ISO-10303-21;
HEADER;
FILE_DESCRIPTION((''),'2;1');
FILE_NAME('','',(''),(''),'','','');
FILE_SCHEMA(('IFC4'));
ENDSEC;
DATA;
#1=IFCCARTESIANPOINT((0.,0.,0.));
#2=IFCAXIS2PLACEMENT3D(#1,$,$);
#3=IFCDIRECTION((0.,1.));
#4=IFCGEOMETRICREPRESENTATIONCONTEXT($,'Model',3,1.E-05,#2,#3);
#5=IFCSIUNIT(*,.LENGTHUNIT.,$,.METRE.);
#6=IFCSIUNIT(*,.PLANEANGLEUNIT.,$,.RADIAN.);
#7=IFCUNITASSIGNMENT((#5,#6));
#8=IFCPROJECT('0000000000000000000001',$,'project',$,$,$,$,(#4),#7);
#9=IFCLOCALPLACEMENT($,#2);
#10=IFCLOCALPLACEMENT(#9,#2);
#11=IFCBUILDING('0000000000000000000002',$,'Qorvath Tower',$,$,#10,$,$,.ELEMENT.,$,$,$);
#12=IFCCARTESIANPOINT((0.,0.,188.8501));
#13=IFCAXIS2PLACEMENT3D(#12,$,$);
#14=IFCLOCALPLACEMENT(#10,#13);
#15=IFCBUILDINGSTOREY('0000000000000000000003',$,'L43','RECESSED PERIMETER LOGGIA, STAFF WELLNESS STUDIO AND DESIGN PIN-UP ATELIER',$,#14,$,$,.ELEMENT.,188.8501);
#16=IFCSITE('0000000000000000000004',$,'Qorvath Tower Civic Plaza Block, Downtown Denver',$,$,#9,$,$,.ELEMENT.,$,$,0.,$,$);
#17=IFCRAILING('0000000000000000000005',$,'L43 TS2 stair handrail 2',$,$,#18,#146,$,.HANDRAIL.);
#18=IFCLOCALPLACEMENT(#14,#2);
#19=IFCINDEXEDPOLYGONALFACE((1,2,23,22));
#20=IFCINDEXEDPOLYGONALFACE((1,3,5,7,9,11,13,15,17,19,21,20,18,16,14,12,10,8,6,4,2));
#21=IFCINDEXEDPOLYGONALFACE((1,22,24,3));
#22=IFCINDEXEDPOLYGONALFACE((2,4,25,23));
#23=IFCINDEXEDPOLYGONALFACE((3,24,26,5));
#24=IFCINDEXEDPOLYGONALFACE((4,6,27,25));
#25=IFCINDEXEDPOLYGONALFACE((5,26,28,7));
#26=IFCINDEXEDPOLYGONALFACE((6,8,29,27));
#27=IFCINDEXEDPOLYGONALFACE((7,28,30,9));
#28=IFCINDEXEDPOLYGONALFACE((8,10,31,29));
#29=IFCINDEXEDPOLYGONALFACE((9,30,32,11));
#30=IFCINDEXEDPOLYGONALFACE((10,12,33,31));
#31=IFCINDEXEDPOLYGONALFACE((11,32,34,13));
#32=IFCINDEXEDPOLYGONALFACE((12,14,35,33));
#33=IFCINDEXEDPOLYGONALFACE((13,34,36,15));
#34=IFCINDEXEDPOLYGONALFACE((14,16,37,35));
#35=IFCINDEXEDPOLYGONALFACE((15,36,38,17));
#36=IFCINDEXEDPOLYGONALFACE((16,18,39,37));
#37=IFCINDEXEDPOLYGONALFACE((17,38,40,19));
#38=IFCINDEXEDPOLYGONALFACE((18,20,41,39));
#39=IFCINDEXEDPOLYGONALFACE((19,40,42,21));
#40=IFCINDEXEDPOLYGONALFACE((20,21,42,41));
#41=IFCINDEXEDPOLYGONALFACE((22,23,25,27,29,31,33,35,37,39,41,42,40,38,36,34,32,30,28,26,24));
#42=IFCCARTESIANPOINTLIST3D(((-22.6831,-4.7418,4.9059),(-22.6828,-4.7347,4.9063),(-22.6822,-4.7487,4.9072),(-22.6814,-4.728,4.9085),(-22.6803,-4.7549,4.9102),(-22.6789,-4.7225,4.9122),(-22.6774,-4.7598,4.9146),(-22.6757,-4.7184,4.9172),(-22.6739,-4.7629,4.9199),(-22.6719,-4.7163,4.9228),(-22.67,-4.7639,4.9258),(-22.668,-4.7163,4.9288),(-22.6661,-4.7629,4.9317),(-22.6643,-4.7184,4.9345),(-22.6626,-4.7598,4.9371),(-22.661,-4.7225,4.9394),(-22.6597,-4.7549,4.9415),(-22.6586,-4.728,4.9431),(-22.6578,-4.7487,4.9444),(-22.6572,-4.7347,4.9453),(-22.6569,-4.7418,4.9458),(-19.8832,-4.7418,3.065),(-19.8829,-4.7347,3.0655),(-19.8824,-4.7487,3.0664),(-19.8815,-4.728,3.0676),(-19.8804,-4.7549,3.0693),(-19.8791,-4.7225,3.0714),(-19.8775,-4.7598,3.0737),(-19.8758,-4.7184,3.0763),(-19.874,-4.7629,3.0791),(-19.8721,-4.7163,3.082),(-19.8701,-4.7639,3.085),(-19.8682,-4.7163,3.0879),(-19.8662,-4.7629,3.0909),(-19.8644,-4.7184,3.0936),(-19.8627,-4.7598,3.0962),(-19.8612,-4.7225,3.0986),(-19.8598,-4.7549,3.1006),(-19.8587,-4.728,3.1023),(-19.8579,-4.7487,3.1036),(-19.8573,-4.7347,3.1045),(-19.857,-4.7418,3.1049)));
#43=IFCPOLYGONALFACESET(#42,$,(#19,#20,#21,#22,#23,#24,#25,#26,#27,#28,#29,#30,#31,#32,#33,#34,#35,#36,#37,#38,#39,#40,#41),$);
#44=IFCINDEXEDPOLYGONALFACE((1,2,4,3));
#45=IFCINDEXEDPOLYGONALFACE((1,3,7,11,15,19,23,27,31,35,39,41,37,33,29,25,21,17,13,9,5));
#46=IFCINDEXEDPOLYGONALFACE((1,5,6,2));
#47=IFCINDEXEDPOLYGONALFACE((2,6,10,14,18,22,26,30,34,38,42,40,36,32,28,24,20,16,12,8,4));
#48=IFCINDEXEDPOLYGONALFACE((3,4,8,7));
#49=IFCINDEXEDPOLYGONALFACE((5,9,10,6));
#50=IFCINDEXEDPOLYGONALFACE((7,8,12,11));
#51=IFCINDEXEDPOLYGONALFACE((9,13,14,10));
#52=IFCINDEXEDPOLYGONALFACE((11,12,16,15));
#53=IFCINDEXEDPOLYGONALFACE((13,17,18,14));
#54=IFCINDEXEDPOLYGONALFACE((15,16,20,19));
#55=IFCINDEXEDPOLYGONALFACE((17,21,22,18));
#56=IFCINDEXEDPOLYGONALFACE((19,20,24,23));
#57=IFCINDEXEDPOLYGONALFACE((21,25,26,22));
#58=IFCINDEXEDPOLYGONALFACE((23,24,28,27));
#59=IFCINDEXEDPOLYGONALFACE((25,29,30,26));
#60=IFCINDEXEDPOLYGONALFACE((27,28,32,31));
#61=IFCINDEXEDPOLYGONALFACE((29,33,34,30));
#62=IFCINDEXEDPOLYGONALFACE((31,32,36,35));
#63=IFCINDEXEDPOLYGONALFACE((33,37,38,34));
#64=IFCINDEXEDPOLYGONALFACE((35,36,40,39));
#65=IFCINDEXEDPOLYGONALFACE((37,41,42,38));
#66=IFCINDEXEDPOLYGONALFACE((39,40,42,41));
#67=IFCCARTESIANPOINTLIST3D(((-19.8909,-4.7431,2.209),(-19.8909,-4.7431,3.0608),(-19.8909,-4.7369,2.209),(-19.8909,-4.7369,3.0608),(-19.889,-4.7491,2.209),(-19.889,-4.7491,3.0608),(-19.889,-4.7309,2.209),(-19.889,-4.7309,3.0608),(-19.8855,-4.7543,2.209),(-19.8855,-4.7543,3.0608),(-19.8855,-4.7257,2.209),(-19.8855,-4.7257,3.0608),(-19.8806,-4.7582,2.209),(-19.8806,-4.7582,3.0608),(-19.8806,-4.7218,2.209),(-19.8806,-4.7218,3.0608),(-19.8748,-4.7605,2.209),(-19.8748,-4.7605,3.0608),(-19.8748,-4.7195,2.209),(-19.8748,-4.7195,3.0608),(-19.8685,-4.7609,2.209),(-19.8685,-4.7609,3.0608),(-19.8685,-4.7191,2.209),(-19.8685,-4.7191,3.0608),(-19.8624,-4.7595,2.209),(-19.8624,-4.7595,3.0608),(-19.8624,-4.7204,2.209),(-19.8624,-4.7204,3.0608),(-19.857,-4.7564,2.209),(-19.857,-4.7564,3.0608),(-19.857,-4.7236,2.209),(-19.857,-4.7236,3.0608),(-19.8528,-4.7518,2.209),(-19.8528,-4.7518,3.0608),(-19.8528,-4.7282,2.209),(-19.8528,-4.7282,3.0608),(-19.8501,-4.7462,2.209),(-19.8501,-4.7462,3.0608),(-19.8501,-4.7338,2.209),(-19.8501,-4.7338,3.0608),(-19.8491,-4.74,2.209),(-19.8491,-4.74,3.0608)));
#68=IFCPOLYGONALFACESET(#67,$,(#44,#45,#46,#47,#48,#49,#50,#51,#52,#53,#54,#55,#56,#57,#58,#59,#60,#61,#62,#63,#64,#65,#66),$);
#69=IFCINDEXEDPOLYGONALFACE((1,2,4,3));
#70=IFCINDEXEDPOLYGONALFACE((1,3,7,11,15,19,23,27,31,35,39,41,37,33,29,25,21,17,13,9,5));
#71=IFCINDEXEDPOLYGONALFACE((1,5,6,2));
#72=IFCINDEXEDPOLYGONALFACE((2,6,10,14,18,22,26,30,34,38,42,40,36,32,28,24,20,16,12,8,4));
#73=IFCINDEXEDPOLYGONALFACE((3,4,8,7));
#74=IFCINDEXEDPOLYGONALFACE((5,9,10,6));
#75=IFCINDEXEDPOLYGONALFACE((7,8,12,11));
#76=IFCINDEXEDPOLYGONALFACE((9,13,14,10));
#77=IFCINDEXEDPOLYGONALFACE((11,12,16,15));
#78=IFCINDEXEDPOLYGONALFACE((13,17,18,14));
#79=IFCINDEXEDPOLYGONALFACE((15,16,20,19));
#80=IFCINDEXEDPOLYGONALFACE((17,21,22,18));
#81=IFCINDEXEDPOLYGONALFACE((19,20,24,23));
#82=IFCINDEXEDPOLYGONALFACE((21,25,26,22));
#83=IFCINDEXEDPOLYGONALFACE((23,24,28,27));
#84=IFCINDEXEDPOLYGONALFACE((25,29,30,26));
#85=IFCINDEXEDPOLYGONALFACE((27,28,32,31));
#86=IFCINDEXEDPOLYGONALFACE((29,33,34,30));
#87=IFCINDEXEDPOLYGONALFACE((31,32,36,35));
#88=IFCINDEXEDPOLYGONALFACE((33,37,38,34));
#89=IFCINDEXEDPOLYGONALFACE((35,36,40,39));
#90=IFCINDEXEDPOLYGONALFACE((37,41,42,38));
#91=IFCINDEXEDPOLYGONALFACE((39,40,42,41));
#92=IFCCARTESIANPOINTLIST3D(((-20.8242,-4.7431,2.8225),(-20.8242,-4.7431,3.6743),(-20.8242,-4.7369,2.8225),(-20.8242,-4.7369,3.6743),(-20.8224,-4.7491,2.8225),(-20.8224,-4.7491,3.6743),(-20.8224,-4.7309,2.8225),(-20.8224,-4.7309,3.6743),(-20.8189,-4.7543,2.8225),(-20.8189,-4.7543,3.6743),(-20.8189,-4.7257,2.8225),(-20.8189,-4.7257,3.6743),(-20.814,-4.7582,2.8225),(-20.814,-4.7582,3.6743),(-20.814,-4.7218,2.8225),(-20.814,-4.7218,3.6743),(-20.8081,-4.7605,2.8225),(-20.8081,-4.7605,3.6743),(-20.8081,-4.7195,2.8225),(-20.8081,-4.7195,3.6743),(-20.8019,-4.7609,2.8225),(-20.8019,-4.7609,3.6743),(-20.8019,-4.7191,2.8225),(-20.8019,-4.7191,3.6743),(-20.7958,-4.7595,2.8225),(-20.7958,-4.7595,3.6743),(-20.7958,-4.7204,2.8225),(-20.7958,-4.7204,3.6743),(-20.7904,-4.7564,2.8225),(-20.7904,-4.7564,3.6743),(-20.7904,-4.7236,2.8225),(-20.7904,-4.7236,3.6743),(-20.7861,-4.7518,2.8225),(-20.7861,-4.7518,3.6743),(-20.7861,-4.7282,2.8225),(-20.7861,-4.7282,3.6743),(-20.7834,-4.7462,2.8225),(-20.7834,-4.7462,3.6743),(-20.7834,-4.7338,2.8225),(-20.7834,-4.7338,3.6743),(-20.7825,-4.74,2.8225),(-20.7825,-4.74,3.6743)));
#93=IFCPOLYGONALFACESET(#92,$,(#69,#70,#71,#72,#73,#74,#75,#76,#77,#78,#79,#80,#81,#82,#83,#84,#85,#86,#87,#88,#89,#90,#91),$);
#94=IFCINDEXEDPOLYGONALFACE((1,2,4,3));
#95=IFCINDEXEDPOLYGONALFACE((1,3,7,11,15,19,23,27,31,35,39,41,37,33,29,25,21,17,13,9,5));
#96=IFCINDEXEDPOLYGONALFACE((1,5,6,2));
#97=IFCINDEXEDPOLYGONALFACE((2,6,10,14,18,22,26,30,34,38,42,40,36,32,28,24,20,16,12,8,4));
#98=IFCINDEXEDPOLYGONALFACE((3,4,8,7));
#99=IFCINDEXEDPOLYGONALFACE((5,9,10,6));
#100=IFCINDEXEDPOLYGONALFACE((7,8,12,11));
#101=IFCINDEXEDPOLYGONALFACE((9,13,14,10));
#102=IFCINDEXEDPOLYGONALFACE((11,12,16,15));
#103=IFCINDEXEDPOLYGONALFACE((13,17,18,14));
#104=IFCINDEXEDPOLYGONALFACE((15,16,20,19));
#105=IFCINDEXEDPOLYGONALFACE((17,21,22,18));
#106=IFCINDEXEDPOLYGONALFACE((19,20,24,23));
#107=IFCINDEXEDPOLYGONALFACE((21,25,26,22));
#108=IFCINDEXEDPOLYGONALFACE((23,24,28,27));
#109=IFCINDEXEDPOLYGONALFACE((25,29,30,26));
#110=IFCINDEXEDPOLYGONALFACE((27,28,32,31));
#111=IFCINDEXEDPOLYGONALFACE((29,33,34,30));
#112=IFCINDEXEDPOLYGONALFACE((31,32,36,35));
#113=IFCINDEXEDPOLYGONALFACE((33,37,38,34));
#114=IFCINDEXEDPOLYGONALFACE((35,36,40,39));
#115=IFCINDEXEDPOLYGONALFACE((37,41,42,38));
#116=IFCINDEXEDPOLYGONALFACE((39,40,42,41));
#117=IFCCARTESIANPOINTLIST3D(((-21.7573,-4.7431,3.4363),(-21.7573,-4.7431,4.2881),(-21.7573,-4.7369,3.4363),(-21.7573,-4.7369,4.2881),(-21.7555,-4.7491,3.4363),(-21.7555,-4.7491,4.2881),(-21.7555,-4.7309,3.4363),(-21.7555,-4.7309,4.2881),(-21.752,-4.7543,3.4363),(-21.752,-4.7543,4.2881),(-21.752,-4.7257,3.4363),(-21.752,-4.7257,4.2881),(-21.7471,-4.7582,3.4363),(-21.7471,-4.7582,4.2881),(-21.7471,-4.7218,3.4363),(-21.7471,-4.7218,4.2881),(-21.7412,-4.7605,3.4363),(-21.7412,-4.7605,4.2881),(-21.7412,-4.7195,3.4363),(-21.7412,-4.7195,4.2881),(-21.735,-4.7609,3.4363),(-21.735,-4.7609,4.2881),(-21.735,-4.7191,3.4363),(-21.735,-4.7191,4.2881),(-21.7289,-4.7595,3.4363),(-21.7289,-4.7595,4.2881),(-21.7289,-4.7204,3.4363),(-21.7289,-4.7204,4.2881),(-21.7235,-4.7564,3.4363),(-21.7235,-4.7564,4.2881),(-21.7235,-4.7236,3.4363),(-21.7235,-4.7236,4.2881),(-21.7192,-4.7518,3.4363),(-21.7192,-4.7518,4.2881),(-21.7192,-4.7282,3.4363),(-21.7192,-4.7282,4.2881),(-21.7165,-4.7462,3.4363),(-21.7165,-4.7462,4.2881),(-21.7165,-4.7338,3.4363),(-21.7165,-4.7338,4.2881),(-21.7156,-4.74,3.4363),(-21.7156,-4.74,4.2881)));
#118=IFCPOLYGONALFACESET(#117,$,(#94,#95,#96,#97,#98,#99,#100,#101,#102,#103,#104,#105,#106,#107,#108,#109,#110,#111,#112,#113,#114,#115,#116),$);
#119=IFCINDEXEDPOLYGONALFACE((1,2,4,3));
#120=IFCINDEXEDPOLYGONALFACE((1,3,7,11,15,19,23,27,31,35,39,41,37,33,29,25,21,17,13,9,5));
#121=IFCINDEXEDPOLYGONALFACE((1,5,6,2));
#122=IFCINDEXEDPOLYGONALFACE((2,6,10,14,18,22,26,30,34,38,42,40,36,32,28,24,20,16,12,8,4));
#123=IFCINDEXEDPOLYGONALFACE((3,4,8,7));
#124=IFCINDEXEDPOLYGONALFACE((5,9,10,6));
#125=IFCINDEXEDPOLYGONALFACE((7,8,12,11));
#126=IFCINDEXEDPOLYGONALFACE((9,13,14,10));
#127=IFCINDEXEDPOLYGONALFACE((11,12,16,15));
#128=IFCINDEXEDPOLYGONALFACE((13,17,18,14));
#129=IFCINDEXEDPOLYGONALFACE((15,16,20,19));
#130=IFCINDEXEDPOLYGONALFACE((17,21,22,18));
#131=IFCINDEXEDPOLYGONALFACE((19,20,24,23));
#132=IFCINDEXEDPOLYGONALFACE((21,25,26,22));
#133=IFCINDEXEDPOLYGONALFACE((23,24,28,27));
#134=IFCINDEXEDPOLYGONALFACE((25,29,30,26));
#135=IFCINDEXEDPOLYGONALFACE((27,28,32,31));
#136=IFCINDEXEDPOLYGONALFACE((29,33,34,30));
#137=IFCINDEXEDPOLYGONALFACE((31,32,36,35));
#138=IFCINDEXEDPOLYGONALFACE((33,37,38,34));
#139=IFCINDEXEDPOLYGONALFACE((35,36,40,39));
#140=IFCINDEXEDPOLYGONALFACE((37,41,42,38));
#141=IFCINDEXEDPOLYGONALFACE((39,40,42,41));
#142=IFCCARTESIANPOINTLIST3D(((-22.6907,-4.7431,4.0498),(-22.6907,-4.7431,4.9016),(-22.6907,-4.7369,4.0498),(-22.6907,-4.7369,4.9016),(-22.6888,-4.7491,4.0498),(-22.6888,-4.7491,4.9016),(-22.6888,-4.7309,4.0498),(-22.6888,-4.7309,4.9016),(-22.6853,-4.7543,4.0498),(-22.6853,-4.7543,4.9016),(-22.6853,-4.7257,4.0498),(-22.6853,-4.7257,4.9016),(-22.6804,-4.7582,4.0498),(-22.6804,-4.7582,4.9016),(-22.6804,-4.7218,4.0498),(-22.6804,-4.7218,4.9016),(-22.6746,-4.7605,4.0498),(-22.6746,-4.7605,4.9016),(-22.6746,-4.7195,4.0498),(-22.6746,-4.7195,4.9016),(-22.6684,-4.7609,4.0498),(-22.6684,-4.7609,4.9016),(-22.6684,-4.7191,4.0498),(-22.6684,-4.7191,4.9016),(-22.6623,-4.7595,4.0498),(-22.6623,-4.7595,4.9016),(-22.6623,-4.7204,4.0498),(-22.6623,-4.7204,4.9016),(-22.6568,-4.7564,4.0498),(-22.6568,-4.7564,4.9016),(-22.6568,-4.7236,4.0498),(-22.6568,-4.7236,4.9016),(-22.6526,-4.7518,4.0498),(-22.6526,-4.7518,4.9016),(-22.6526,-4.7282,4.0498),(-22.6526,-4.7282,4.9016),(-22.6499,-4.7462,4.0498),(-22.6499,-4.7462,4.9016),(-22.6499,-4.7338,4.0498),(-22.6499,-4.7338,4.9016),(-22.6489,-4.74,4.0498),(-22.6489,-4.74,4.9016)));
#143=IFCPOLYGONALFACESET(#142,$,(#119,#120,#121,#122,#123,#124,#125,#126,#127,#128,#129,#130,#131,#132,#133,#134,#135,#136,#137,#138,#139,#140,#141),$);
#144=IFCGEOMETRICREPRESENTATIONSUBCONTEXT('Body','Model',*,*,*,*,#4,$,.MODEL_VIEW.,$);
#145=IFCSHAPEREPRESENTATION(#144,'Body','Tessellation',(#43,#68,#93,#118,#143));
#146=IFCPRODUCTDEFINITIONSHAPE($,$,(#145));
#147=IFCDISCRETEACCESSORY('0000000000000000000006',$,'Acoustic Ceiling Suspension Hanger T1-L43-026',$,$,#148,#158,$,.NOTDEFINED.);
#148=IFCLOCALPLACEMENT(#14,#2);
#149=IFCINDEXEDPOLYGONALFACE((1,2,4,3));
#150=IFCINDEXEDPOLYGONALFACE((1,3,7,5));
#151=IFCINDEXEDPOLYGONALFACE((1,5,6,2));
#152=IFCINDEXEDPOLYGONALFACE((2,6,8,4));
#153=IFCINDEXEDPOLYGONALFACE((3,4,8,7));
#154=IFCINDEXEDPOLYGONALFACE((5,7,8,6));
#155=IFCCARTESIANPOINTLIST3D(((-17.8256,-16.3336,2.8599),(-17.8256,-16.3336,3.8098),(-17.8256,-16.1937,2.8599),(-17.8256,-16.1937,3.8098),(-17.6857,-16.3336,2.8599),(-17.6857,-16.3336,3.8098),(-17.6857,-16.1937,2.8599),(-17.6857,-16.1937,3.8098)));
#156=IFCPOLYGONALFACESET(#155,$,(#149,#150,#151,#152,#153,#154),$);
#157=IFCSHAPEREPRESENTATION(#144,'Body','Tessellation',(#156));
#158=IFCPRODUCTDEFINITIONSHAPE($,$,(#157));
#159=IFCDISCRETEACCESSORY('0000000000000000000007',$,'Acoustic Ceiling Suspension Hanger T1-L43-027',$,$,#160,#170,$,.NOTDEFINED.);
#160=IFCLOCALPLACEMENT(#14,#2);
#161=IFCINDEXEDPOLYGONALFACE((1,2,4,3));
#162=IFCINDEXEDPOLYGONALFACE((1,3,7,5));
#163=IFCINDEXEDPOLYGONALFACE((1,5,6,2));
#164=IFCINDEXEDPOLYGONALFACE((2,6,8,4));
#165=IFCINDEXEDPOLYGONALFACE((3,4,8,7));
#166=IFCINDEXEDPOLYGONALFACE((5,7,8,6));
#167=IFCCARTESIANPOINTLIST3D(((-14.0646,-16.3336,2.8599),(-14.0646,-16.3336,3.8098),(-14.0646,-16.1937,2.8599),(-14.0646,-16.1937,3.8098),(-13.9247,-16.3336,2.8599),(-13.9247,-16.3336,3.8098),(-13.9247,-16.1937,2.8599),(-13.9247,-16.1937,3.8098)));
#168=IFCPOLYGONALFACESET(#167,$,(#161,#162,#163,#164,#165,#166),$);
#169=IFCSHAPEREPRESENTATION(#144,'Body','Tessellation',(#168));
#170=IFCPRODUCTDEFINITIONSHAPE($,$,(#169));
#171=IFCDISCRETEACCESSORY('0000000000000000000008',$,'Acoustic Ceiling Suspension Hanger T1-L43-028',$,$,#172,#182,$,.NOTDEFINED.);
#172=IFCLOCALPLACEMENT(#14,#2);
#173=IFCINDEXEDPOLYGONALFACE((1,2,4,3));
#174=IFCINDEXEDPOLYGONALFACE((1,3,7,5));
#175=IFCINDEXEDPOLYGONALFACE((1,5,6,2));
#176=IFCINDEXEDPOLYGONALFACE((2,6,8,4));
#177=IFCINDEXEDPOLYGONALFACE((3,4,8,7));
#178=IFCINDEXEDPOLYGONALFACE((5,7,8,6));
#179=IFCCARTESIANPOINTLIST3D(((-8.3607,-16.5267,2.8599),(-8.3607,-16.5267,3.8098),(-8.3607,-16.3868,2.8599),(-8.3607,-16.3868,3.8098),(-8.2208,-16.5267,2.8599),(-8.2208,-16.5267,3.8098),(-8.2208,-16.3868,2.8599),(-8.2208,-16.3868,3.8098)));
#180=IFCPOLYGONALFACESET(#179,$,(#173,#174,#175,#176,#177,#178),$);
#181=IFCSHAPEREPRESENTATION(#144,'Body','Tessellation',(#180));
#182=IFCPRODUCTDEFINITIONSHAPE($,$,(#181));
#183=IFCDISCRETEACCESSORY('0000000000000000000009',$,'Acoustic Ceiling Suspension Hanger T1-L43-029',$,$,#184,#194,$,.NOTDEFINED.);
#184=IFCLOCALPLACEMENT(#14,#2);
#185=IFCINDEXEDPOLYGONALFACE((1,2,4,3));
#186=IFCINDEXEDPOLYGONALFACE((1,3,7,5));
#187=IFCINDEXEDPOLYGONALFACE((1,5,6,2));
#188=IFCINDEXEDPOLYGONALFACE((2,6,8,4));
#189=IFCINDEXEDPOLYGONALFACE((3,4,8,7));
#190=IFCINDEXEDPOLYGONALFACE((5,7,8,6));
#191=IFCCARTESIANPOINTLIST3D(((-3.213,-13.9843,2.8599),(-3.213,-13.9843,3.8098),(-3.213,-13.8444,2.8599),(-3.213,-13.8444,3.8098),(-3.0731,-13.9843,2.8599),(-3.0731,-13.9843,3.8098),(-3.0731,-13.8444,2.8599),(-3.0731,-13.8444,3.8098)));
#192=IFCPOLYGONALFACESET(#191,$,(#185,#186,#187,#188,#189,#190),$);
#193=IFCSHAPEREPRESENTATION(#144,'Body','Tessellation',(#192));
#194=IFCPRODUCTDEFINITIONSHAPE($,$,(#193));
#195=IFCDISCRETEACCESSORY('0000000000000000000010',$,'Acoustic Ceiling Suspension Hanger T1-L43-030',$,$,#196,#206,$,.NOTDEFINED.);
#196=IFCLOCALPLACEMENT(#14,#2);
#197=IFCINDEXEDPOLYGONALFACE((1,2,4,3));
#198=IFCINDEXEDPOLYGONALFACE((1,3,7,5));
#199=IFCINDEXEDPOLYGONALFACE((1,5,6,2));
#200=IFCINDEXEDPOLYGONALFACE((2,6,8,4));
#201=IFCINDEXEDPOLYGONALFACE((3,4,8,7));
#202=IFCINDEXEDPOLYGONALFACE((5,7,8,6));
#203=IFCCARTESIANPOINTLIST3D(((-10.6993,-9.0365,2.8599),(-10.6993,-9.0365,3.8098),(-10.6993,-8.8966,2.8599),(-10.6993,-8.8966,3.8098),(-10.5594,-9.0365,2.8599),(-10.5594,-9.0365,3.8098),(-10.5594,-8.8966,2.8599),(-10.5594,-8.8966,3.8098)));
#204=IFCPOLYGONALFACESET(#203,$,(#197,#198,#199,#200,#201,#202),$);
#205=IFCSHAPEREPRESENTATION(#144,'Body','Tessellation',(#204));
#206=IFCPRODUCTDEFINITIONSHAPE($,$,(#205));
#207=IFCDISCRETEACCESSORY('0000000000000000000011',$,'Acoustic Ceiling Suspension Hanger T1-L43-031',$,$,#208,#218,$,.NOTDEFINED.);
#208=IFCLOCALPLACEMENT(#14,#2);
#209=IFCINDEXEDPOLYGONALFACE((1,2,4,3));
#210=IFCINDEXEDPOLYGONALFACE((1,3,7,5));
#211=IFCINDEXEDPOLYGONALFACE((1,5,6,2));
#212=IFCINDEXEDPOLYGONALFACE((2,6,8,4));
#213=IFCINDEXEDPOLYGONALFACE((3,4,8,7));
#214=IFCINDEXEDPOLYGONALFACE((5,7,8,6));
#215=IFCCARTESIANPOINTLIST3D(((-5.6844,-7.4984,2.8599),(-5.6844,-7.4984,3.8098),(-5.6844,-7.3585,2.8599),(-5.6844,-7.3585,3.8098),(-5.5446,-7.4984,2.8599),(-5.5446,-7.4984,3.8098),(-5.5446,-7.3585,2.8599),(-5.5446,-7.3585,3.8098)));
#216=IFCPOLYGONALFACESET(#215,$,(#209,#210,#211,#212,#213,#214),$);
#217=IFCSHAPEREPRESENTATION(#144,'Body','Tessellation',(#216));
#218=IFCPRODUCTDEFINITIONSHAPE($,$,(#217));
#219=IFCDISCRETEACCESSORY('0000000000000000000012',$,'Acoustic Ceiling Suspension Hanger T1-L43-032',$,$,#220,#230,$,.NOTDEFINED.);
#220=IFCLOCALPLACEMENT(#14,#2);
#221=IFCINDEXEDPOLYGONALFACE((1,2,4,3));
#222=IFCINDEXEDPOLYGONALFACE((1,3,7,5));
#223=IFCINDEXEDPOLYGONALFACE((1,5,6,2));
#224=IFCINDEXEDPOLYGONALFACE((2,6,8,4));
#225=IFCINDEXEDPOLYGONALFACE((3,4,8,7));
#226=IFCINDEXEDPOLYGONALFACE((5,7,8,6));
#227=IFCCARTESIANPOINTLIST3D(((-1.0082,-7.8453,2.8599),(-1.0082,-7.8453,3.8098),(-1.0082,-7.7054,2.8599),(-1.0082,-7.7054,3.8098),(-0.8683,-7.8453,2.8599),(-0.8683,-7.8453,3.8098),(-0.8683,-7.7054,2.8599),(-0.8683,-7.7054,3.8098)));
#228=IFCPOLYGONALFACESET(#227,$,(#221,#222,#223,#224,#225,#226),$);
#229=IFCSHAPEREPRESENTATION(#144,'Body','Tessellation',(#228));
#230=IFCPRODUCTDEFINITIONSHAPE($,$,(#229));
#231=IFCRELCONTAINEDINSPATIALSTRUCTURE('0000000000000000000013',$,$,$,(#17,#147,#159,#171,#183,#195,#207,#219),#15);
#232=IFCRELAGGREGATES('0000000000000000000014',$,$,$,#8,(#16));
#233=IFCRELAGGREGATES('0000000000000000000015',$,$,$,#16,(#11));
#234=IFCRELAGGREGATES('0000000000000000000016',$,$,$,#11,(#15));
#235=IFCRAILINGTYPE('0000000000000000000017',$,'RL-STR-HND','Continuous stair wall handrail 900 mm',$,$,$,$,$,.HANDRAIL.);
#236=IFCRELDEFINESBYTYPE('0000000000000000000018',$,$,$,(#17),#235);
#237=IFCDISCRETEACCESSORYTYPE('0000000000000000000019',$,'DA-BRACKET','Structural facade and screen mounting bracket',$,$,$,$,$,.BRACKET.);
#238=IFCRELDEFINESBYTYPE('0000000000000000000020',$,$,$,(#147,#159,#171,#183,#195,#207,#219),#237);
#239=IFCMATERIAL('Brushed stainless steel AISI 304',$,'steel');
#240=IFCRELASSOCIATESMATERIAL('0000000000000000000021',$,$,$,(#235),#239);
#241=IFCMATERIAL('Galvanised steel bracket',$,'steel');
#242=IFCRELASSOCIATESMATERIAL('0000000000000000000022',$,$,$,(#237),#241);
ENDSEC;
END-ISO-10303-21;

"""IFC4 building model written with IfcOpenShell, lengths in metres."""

from ifc_helpers import new_model, si_unit, direction, frame, origin, origin_2d, place, context, subcontext, project, spatial, rectangle, circle, extrude, material, type_object, element, save


model = new_model("IFC4")

# Units and contexts
model_context = context("Model", 3, precision=1e-05, world=origin(), true_north=direction((0.0, 1.0)))
body_context = subcontext(model_context, "Body", "Model", "MODEL_VIEW")
ifc_project = project(units=[si_unit("LENGTHUNIT", "METRE"), si_unit("PLANEANGLEUNIT", "RADIAN")], contexts=[model_context])

# Site, building, storey
site_placement = place(None, origin())
site = spatial("IfcSite", under=ifc_project, at=site_placement, Name="Qorvath Tower Civic Plaza Block, Downtown Denver", CompositionType="ELEMENT", RefElevation=0.0)
building_placement = place(site_placement, origin())
building = spatial("IfcBuilding", under=site, at=building_placement, Name="Qorvath Tower", CompositionType="ELEMENT")
storey_placement = place(building_placement, frame((0.0, 0.0, 188.8501)))
storey = spatial("IfcBuildingStorey", under=building, at=storey_placement, Name="L43", Description="RECESSED PERIMETER LOGGIA, STAFF WELLNESS STUDIO AND DESIGN PIN-UP ATELIER", CompositionType="ELEMENT", Elevation=188.8501)

# Railing
ifc_material_1 = material(Name="Brushed stainless steel AISI 304", Category="steel")
railing_type_1 = type_object("IfcRailingType", Name="RL-STR-HND", Description="Continuous stair wall handrail 900 mm", PredefinedType="HANDRAIL", material=ifc_material_1)
railing_1_placement = place(storey_placement, frame((-19.8701, -4.74, 2.209)))
element("IfcRailing", 1, at=railing_1_placement, inside=storey, type_object=railing_type_1, Name="L43 TS2 stair handrail 2", PredefinedType="HANDRAIL", context=body_context, shape_type="SweptSolid", body=[
    extrude(circle(Radius=0.0239, at=origin_2d()), frame((0.0, 0.0, 0.876), z_axis=(-0.835576, 0.0, 0.549376), x_axis=(0.0, -1.0, 0.0)), (0.0, 0.0, 1.0), 3.3508),
    extrude(circle(Radius=0.021, at=origin_2d()), origin(), (0.0, 0.0, 1.0), 0.8518),
    extrude(circle(Radius=0.021, at=origin_2d()), frame((-0.9333, 0.0, 0.6135)), (0.0, 0.0, 1.0), 0.8518),
    extrude(circle(Radius=0.021, at=origin_2d()), frame((-1.8665, 0.0, 1.2273)), (0.0, 0.0, 1.0), 0.8518),
    extrude(circle(Radius=0.021, at=origin_2d()), frame((-2.7998, 0.0, 1.8408)), (0.0, 0.0, 1.0), 0.8518),
])

# Discrete accessories
ifc_material_2 = material(Name="Galvanised steel bracket", Category="steel")
discrete_accessory_type = type_object("IfcDiscreteAccessoryType", Name="DA-BRACKET", Description="Structural facade and screen mounting bracket", PredefinedType="BRACKET", material=ifc_material_2)
for number, where, z_axis, x_axis, name in (
    (2, (-17.7556, -16.2637, 2.8599), (0.0, 0.0, 1.0), (1.0, 0.0, 0.0), "Acoustic Ceiling Suspension Hanger T1-L43-026"),
    (3, (-13.9946, -16.2637, 2.8599), (0.0, 0.0, 1.0), (1.0, 0.0, 0.0), "Acoustic Ceiling Suspension Hanger T1-L43-027"),
    (4, (-8.2908, -16.4568, 2.8599), (0.0, 0.0, 1.0), (1.0, 0.0, 0.0), "Acoustic Ceiling Suspension Hanger T1-L43-028"),
    (5, (-3.1431, -13.9143, 2.8599), (0.0, 0.0, 1.0), (1.0, 0.0, 0.0), "Acoustic Ceiling Suspension Hanger T1-L43-029"),
    (6, (-10.6294, -8.9666, 2.8599), (0.0, 0.0, 1.0), (1.0, 0.0, 0.0), "Acoustic Ceiling Suspension Hanger T1-L43-030"),
    (7, (-5.6145, -7.4285, 2.8599), (0.0, 0.0, 1.0), (1.0, 0.0, 0.0), "Acoustic Ceiling Suspension Hanger T1-L43-031"),
    (8, (-0.9382, -7.7754, 2.8599), (0.0, 0.0, 1.0), (1.0, 0.0, 0.0), "Acoustic Ceiling Suspension Hanger T1-L43-032"),
):
    element("IfcDiscreteAccessory", number, at=place(storey_placement, frame(where, z_axis=z_axis, x_axis=x_axis)), inside=storey, type_object=discrete_accessory_type, Name=name, PredefinedType="NOTDEFINED", context=body_context, shape_type="SweptSolid", body=[
        extrude(rectangle(XDim=0.1399, YDim=0.1399, at=origin_2d()), origin(), (0.0, 0.0, 1.0), 0.95),
    ])

save(model, "model.ifc")
